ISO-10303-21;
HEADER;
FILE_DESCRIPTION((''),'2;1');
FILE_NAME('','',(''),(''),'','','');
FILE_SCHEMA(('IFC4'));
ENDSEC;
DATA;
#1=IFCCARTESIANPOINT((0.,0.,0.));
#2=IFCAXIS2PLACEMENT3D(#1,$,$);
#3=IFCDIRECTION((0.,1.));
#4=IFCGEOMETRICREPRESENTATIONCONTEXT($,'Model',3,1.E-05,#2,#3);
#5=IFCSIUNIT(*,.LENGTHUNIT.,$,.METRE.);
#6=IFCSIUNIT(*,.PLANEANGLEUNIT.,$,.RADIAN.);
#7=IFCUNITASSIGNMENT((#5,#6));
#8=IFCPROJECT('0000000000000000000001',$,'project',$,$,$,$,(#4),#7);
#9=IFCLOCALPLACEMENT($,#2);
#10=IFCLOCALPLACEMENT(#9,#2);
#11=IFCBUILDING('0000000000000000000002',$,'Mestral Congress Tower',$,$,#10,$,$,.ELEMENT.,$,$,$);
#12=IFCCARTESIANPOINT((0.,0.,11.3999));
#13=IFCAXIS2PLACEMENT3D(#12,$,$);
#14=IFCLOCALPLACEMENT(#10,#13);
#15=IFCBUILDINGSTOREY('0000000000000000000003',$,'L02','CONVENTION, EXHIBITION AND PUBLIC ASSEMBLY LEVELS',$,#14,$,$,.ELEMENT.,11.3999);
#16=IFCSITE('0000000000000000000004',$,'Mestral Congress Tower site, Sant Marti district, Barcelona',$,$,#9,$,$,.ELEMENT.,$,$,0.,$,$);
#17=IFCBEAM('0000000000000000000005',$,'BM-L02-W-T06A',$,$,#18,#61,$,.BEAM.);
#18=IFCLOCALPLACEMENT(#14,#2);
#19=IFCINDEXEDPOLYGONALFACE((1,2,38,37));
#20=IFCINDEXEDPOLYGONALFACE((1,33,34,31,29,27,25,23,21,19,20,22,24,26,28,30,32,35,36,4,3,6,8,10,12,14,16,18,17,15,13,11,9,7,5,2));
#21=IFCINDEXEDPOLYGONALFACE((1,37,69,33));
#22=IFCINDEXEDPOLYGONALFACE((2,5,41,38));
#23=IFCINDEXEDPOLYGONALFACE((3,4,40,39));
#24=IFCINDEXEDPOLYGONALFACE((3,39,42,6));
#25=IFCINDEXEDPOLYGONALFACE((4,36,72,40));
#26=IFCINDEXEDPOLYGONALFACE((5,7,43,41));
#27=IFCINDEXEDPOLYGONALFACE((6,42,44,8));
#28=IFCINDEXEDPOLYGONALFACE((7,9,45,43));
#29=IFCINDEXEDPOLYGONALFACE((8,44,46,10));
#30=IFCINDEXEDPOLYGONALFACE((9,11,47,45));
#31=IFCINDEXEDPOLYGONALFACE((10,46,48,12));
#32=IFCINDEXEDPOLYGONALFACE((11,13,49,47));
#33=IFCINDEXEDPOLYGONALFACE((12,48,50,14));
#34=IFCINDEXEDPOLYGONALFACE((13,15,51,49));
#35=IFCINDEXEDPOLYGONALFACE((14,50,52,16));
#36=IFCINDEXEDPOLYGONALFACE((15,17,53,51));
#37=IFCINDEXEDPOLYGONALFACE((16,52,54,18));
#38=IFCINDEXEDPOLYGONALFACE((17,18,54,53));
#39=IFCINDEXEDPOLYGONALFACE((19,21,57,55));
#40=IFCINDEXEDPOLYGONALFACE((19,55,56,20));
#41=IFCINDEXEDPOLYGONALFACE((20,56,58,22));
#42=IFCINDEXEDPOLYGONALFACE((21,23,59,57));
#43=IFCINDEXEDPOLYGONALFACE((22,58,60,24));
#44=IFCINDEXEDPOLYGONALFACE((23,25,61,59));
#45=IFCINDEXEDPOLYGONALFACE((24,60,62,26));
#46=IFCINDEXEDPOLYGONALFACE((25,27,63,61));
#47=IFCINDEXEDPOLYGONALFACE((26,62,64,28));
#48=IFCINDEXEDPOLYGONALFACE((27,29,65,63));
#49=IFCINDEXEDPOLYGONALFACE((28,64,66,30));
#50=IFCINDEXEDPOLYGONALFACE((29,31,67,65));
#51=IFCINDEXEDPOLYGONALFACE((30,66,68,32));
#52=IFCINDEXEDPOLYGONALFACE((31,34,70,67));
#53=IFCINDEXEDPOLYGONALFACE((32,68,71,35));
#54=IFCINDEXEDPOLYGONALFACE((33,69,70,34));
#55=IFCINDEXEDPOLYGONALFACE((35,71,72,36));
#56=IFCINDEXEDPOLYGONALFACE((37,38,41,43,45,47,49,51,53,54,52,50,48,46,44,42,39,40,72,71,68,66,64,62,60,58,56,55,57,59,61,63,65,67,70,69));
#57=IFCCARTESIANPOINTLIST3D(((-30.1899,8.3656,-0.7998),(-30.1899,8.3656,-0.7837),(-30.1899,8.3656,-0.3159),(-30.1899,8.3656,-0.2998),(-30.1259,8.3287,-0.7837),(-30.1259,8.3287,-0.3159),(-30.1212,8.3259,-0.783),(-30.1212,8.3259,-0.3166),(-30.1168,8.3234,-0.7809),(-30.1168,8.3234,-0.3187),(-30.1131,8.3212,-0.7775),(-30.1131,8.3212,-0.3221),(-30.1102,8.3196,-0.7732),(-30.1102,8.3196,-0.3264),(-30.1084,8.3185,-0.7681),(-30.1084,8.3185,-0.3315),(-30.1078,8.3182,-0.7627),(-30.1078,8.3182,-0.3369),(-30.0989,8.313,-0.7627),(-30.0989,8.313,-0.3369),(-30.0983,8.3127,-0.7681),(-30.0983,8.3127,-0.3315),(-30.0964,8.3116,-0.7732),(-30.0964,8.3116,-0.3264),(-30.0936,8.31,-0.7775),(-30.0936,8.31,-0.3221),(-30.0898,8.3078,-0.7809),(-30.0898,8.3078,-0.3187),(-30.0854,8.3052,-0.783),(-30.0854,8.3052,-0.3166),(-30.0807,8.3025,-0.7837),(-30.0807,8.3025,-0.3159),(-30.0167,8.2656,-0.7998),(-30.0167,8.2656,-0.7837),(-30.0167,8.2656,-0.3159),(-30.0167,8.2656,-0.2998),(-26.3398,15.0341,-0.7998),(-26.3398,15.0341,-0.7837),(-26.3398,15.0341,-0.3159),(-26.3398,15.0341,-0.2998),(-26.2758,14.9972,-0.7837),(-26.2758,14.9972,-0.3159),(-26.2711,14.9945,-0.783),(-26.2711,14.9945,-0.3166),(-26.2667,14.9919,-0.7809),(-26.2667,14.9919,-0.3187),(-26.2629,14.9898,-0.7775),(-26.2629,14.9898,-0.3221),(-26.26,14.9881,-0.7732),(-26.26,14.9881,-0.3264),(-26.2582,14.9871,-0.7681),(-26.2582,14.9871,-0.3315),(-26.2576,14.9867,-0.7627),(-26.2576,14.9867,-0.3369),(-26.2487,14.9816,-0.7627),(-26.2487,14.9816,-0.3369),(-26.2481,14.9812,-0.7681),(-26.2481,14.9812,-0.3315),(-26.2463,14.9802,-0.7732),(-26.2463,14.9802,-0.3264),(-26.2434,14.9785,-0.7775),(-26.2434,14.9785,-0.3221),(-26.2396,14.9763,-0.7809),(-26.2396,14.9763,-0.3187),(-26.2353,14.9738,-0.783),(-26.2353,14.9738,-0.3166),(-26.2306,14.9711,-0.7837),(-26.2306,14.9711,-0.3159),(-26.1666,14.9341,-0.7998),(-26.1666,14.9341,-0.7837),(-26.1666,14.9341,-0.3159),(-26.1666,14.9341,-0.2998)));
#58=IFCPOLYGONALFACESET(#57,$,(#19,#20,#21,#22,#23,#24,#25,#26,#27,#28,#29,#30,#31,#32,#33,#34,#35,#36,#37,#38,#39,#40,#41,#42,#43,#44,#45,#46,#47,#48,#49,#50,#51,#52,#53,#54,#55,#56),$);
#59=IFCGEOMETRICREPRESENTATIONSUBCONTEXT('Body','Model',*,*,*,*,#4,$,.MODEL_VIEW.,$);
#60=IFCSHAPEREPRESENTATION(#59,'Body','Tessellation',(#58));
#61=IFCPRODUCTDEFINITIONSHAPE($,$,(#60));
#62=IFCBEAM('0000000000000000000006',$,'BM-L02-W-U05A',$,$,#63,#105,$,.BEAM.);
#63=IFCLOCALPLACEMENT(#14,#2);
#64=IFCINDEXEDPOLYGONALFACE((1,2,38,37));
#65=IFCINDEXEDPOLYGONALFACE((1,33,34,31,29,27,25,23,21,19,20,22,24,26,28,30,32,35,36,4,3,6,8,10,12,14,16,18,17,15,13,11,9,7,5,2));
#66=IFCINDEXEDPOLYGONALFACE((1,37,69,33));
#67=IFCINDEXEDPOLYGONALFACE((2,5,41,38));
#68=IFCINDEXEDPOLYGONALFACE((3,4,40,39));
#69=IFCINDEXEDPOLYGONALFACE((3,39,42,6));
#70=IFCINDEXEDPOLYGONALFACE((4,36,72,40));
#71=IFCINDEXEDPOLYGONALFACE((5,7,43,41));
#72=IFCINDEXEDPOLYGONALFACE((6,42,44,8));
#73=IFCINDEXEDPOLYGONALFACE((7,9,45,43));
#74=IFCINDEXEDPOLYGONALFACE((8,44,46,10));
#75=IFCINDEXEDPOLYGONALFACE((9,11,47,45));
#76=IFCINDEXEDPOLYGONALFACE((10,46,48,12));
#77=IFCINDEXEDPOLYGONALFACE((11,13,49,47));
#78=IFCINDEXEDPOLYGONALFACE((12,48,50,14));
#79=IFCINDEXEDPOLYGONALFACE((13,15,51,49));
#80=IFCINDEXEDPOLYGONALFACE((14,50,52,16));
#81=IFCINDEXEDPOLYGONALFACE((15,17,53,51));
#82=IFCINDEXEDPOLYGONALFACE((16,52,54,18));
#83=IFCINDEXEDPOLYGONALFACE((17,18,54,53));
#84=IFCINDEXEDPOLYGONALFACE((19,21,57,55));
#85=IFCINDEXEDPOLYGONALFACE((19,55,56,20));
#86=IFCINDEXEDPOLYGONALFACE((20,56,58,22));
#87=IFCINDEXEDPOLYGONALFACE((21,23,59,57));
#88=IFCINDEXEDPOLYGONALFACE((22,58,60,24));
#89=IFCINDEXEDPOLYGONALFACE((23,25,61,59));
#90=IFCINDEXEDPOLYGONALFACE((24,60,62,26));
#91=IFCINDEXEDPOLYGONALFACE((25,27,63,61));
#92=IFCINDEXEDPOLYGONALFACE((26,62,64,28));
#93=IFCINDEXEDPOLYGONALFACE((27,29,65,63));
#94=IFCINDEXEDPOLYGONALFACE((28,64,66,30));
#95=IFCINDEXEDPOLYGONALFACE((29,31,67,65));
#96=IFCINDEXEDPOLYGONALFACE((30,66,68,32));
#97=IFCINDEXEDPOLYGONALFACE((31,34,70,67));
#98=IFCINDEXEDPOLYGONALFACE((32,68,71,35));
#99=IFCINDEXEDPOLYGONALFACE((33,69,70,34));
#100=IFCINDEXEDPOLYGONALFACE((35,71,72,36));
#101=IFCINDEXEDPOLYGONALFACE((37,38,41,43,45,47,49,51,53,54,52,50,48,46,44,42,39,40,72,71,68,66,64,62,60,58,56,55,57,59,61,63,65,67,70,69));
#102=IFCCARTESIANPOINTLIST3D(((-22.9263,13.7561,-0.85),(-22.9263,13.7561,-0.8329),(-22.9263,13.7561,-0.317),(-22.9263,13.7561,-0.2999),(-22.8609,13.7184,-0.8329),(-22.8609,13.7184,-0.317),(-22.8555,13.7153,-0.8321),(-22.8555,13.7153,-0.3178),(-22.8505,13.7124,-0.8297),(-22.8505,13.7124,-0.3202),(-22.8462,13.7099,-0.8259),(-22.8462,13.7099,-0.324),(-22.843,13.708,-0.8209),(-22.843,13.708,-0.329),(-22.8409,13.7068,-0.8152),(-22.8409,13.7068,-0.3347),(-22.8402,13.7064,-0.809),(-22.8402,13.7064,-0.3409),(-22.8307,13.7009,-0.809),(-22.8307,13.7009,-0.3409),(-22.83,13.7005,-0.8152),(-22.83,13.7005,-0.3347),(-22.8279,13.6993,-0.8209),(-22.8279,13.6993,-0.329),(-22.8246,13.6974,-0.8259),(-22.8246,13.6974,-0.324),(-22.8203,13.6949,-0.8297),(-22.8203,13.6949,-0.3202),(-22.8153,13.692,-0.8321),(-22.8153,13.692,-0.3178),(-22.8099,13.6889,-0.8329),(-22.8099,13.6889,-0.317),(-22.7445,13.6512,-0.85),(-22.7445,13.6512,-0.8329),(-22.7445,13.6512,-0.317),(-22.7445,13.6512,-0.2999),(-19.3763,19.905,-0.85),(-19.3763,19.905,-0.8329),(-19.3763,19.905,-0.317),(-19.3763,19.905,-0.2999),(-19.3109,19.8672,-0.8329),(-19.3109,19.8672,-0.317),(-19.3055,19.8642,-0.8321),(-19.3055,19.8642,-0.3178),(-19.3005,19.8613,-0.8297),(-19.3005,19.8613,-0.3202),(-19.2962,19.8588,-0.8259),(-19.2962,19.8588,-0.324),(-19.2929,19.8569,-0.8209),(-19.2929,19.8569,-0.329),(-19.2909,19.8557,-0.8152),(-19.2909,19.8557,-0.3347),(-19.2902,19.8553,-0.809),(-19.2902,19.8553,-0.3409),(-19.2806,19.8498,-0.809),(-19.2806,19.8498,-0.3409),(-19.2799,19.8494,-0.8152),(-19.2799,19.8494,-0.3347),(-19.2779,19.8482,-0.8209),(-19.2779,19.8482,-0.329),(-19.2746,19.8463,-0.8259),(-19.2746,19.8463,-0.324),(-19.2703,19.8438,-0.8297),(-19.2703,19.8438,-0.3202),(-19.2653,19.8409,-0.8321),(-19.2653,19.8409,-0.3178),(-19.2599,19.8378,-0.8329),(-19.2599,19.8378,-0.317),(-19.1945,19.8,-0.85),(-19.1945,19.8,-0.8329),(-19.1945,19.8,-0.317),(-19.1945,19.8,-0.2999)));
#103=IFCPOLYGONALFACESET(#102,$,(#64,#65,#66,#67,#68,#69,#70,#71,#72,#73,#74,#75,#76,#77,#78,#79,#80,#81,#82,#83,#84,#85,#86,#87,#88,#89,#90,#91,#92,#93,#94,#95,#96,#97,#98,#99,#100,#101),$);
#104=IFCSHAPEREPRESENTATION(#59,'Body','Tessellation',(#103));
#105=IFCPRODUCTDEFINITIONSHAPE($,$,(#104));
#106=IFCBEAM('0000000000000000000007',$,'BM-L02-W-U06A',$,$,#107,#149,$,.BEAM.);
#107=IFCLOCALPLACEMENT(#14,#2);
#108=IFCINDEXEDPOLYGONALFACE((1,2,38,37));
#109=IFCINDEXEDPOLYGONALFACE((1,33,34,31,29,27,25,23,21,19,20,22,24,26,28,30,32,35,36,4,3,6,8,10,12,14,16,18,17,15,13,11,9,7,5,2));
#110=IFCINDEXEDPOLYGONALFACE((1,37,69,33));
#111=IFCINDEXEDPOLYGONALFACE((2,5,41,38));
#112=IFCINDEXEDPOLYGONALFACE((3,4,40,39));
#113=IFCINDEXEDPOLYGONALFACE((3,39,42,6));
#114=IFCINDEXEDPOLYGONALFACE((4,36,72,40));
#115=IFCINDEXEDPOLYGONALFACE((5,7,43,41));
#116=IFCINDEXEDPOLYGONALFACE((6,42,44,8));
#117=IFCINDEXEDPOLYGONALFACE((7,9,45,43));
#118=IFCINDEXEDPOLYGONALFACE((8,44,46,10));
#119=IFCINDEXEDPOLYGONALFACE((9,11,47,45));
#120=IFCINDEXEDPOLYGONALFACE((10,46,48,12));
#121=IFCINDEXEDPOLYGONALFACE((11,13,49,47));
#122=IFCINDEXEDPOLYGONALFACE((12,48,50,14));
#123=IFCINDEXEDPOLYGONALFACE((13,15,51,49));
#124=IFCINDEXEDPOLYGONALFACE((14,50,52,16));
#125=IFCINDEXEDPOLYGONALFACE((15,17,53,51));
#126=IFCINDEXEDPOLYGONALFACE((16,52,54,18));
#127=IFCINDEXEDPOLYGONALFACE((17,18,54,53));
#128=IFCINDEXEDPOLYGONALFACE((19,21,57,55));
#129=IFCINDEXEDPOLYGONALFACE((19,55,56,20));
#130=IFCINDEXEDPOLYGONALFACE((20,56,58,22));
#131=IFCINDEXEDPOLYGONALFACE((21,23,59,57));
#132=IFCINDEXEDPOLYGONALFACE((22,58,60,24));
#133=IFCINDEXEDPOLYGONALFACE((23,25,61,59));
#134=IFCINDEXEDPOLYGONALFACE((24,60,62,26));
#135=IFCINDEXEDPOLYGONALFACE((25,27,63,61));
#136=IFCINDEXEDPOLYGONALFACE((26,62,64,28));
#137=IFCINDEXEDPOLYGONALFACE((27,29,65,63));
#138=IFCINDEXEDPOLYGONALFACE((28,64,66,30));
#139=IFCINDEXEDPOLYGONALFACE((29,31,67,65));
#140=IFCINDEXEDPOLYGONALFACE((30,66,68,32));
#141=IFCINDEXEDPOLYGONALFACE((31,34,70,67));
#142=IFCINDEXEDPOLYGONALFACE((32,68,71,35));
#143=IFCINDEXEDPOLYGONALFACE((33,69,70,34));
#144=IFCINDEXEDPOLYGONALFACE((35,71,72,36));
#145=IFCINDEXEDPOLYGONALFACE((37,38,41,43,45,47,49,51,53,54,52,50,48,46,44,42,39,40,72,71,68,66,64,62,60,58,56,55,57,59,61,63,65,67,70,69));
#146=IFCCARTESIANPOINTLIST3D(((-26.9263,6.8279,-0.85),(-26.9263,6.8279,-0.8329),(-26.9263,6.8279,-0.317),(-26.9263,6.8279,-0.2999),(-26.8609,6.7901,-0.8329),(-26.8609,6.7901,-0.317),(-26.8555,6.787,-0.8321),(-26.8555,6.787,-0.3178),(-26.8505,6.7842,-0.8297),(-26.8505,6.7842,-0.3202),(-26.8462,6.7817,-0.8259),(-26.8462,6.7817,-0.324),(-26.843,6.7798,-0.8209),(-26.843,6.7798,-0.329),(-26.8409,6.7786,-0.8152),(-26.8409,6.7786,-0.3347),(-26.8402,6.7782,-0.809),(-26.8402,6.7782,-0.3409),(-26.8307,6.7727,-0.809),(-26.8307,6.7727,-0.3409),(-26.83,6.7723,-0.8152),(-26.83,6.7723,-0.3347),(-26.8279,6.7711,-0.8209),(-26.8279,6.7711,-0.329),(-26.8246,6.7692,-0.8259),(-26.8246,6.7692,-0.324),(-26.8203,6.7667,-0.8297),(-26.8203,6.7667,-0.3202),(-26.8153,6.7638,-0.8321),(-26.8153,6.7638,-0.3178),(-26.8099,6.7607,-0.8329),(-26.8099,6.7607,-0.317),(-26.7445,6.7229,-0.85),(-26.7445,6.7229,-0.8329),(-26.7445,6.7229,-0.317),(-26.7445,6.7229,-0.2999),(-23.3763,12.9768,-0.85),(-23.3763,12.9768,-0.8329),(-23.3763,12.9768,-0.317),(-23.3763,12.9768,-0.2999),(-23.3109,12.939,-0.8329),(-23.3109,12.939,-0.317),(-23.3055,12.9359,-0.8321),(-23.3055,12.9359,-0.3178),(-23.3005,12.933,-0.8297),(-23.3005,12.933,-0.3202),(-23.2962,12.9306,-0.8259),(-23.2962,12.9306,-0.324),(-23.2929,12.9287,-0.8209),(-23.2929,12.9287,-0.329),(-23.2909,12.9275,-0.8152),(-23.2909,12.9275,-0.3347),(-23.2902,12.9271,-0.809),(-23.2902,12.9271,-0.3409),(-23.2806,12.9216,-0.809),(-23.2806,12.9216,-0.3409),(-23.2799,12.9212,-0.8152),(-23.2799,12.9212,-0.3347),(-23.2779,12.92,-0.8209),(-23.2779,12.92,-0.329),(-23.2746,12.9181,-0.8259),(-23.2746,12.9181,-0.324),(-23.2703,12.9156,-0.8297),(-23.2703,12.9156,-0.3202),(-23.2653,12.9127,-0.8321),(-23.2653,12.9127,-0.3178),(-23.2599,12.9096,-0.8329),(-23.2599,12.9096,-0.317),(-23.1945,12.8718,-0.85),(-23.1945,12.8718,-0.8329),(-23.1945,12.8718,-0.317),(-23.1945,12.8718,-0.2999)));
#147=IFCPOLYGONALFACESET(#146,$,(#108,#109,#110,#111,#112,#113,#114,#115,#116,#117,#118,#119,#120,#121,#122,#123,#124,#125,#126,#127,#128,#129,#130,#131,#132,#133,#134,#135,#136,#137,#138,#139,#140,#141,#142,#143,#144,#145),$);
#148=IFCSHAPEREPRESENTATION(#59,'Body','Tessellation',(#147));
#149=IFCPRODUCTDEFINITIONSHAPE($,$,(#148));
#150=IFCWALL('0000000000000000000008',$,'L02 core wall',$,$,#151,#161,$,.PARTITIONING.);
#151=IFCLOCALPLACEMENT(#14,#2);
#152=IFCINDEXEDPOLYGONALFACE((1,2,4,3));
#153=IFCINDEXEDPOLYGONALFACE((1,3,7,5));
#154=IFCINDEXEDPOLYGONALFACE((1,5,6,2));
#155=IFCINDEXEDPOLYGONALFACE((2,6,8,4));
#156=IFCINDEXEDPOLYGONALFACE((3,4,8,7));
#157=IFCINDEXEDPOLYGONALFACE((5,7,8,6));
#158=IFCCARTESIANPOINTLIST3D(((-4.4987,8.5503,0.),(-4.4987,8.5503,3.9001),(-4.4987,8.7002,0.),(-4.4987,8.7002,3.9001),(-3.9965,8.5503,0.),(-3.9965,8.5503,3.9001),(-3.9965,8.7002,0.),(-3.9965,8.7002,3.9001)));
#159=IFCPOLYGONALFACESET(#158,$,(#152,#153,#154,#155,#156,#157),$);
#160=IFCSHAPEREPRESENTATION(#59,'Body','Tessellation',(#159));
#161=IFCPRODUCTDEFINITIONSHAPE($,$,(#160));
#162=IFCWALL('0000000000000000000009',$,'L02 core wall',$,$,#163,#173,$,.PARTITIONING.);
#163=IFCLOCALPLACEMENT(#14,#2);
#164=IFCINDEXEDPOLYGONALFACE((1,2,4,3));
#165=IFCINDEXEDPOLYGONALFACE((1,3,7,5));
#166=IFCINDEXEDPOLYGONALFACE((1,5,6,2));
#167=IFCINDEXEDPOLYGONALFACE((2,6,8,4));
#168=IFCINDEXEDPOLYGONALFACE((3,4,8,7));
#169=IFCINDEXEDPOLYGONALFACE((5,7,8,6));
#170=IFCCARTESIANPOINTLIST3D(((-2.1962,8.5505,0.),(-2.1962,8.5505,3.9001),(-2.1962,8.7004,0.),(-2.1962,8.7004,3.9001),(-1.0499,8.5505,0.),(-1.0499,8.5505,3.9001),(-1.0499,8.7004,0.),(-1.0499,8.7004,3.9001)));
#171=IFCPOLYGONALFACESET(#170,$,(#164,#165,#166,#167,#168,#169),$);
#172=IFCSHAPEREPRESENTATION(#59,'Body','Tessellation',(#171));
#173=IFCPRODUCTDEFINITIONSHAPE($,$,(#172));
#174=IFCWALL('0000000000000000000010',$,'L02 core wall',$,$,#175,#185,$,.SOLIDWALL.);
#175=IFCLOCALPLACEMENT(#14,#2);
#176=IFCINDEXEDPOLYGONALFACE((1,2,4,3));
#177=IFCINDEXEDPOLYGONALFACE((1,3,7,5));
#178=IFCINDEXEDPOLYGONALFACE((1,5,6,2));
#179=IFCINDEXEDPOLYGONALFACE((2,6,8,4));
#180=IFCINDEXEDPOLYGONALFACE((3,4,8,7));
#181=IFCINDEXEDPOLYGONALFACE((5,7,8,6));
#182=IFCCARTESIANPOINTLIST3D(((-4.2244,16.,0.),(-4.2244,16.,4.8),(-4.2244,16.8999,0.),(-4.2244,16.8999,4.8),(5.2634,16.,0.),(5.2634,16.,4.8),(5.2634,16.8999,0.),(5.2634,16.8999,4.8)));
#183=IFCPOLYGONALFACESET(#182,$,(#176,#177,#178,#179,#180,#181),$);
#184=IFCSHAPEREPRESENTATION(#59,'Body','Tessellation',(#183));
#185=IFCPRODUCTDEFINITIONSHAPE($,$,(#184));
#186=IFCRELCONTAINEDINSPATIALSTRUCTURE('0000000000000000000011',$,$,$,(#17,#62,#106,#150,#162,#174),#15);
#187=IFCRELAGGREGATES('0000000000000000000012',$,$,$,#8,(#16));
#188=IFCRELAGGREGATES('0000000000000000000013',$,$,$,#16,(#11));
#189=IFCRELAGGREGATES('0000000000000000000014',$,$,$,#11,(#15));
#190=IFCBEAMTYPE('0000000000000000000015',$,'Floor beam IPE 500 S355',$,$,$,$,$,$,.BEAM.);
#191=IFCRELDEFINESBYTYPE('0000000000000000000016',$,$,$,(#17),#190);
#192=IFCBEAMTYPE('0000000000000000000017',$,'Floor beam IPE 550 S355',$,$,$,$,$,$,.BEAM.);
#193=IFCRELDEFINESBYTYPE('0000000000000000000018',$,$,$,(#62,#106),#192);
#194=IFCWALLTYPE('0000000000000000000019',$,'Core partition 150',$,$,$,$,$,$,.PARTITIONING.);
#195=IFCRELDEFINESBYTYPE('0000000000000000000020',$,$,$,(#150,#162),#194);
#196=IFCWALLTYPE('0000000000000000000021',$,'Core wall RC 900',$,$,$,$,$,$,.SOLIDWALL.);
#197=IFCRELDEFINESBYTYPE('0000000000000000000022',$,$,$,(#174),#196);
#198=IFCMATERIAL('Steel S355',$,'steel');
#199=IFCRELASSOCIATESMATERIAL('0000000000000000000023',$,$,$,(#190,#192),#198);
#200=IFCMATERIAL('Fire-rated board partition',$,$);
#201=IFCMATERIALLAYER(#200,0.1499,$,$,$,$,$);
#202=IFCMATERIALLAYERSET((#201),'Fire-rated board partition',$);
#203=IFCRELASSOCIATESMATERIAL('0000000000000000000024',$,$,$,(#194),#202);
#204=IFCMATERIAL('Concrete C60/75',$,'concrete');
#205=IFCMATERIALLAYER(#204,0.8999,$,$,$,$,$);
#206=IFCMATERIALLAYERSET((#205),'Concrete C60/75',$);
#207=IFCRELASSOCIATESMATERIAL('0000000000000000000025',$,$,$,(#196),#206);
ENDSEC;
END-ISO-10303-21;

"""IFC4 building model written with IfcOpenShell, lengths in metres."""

from ifc_helpers import new_model, si_unit, direction, frame, frame_2d, origin, origin_2d, place, context, subcontext, project, spatial, rectangle, i_section, extrude, material, layer, layer_set, material_profile, profile_set, type_object, element, save


model = new_model("IFC4")

# Units and contexts
model_context = context("Model", 3, precision=1e-05, world=origin(), true_north=direction((0.0, 1.0)))
body_context = subcontext(model_context, "Body", "Model", "MODEL_VIEW")
ifc_project = project(units=[si_unit("LENGTHUNIT", "METRE"), si_unit("PLANEANGLEUNIT", "RADIAN")], contexts=[model_context])

# Site, building, storey
site_placement = place(None, origin())
site = spatial("IfcSite", under=ifc_project, at=site_placement, Name="Mestral Congress Tower site, Sant Marti district, Barcelona", CompositionType="ELEMENT", RefElevation=0.0)
building_placement = place(site_placement, origin())
building = spatial("IfcBuilding", under=site, at=building_placement, Name="Mestral Congress Tower", CompositionType="ELEMENT")
storey_placement = place(building_placement, frame((0.0, 0.0, 11.3999)))
storey = spatial("IfcBuildingStorey", under=building, at=storey_placement, Name="L02", Description="CONVENTION, EXHIBITION AND PUBLIC ASSEMBLY LEVELS", CompositionType="ELEMENT", Elevation=11.3999)

# Beams
ifc_material_1 = material(Name="Steel S355", Category="steel")
ifc_material_profile_1 = material_profile(ifc_material_1, i_section(OverallWidth=0.2, OverallDepth=0.5, WebThickness=0.0103, FlangeThickness=0.0161, FilletRadius=0.021, at=origin_2d()), Name="IPE 500")
ifc_profile_set_1 = profile_set([ifc_material_profile_1], Name="Steel S355")
beam_type_1 = type_object("IfcBeamType", Name="Floor beam IPE 500 S355", PredefinedType="BEAM", material=ifc_profile_set_1)
for number, where, z_axis, x_axis, name in (
    (1, (-26.2532, 14.9841, -0.5498), (-0.500006, -0.866022, 0.0), (0.866022, -0.500006, 0.0), "BM-L02-W-T06A"),
):
    element("IfcBeam", number, at=place(storey_placement, frame(where, z_axis=z_axis, x_axis=x_axis)), inside=storey, type_object=beam_type_1, Name=name, PredefinedType="BEAM", context=body_context, shape_type="SweptSolid", body=[
        extrude(i_section(OverallWidth=0.2, OverallDepth=0.5, WebThickness=0.0103, FlangeThickness=0.0161, FilletRadius=0.021, at=origin_2d()), origin(), (0.0, 0.0, 1.0), 7.7002),
    ])
ifc_material_profile_2 = material_profile(ifc_material_1, i_section(OverallWidth=0.21, OverallDepth=0.55, WebThickness=0.011, FlangeThickness=0.0171, FilletRadius=0.0239, at=origin_2d()), Name="IPE 550")
ifc_profile_set_2 = profile_set([ifc_material_profile_2], Name="Steel S355")
beam_type_2 = type_object("IfcBeamType", Name="Floor beam IPE 550 S355", PredefinedType="BEAM", material=ifc_profile_set_2)
for number, where, z_axis, x_axis, name in (
    (2, (-19.2854, 19.8525, -0.575), (-0.499996, -0.866028, 0.0), (0.866028, -0.499996, 0.0), "BM-L02-W-U05A"),
    (3, (-23.2854, 12.9243, -0.575), (-0.499996, -0.866028, 0.0), (0.866028, -0.499996, 0.0), "BM-L02-W-U06A"),
):
    element("IfcBeam", number, at=place(storey_placement, frame(where, z_axis=z_axis, x_axis=x_axis)), inside=storey, type_object=beam_type_2, Name=name, PredefinedType="BEAM", context=body_context, shape_type="SweptSolid", body=[
        extrude(i_section(OverallWidth=0.21, OverallDepth=0.55, WebThickness=0.011, FlangeThickness=0.0171, FilletRadius=0.0239, at=origin_2d()), origin(), (0.0, 0.0, 1.0), 7.1001),
    ])

# Walls
ifc_material_2 = material(Name="Fire-rated board partition")
ifc_layer_1 = layer(ifc_material_2, 0.1499)
ifc_layer_set_1 = layer_set([ifc_layer_1], Name="Fire-rated board partition")
wall_type_1 = type_object("IfcWallType", Name="Core partition 150", PredefinedType="PARTITIONING", material=ifc_layer_set_1)
wall_1_placement = place(storey_placement, frame((-3.9966, 8.6252, 0.0), z_axis=(0.0, 0.0, 1.0), x_axis=(-1.0, 0.0, 0.0)))
element("IfcWall", 4, at=wall_1_placement, inside=storey, type_object=wall_type_1, Name="L02 core wall", PredefinedType="PARTITIONING", context=body_context, shape_type="SweptSolid", body=[
    extrude(rectangle(XDim=0.5022, YDim=0.1499, at=frame_2d((0.251, 0.0))), origin(), (0.0, 0.0, 1.0), 3.9001),
])
wall_2_placement = place(storey_placement, frame((-2.1963, 8.6255, 0.0), z_axis=(0.0, 0.0, 1.0), x_axis=(1.0, 0.0, 0.0)))
element("IfcWall", 5, at=wall_2_placement, inside=storey, type_object=wall_type_1, Name="L02 core wall", PredefinedType="PARTITIONING", context=body_context, shape_type="SweptSolid", body=[
    extrude(rectangle(XDim=1.1462, YDim=0.1499, at=frame_2d((0.5732, 0.0))), origin(), (0.0, 0.0, 1.0), 3.9001),
])
ifc_material_3 = material(Name="Concrete C60/75", Category="concrete")
ifc_layer_2 = layer(ifc_material_3, 0.8999)
ifc_layer_set_2 = layer_set([ifc_layer_2], Name="Concrete C60/75")
wall_type_2 = type_object("IfcWallType", Name="Core wall RC 900", PredefinedType="SOLIDWALL", material=ifc_layer_set_2)
wall_3_placement = place(storey_placement, frame((-4.2244, 16.45, 0.0), z_axis=(0.0, 0.0, 1.0), x_axis=(1.0, 0.0, 0.0)))
element("IfcWall", 6, at=wall_3_placement, inside=storey, type_object=wall_type_2, Name="L02 core wall", PredefinedType="SOLIDWALL", context=body_context, shape_type="SweptSolid", body=[
    extrude(rectangle(XDim=9.4878, YDim=0.8999, at=frame_2d((4.7439, 0.0))), origin(), (0.0, 0.0, 1.0), 4.8),
])

save(model, "model.ifc")
